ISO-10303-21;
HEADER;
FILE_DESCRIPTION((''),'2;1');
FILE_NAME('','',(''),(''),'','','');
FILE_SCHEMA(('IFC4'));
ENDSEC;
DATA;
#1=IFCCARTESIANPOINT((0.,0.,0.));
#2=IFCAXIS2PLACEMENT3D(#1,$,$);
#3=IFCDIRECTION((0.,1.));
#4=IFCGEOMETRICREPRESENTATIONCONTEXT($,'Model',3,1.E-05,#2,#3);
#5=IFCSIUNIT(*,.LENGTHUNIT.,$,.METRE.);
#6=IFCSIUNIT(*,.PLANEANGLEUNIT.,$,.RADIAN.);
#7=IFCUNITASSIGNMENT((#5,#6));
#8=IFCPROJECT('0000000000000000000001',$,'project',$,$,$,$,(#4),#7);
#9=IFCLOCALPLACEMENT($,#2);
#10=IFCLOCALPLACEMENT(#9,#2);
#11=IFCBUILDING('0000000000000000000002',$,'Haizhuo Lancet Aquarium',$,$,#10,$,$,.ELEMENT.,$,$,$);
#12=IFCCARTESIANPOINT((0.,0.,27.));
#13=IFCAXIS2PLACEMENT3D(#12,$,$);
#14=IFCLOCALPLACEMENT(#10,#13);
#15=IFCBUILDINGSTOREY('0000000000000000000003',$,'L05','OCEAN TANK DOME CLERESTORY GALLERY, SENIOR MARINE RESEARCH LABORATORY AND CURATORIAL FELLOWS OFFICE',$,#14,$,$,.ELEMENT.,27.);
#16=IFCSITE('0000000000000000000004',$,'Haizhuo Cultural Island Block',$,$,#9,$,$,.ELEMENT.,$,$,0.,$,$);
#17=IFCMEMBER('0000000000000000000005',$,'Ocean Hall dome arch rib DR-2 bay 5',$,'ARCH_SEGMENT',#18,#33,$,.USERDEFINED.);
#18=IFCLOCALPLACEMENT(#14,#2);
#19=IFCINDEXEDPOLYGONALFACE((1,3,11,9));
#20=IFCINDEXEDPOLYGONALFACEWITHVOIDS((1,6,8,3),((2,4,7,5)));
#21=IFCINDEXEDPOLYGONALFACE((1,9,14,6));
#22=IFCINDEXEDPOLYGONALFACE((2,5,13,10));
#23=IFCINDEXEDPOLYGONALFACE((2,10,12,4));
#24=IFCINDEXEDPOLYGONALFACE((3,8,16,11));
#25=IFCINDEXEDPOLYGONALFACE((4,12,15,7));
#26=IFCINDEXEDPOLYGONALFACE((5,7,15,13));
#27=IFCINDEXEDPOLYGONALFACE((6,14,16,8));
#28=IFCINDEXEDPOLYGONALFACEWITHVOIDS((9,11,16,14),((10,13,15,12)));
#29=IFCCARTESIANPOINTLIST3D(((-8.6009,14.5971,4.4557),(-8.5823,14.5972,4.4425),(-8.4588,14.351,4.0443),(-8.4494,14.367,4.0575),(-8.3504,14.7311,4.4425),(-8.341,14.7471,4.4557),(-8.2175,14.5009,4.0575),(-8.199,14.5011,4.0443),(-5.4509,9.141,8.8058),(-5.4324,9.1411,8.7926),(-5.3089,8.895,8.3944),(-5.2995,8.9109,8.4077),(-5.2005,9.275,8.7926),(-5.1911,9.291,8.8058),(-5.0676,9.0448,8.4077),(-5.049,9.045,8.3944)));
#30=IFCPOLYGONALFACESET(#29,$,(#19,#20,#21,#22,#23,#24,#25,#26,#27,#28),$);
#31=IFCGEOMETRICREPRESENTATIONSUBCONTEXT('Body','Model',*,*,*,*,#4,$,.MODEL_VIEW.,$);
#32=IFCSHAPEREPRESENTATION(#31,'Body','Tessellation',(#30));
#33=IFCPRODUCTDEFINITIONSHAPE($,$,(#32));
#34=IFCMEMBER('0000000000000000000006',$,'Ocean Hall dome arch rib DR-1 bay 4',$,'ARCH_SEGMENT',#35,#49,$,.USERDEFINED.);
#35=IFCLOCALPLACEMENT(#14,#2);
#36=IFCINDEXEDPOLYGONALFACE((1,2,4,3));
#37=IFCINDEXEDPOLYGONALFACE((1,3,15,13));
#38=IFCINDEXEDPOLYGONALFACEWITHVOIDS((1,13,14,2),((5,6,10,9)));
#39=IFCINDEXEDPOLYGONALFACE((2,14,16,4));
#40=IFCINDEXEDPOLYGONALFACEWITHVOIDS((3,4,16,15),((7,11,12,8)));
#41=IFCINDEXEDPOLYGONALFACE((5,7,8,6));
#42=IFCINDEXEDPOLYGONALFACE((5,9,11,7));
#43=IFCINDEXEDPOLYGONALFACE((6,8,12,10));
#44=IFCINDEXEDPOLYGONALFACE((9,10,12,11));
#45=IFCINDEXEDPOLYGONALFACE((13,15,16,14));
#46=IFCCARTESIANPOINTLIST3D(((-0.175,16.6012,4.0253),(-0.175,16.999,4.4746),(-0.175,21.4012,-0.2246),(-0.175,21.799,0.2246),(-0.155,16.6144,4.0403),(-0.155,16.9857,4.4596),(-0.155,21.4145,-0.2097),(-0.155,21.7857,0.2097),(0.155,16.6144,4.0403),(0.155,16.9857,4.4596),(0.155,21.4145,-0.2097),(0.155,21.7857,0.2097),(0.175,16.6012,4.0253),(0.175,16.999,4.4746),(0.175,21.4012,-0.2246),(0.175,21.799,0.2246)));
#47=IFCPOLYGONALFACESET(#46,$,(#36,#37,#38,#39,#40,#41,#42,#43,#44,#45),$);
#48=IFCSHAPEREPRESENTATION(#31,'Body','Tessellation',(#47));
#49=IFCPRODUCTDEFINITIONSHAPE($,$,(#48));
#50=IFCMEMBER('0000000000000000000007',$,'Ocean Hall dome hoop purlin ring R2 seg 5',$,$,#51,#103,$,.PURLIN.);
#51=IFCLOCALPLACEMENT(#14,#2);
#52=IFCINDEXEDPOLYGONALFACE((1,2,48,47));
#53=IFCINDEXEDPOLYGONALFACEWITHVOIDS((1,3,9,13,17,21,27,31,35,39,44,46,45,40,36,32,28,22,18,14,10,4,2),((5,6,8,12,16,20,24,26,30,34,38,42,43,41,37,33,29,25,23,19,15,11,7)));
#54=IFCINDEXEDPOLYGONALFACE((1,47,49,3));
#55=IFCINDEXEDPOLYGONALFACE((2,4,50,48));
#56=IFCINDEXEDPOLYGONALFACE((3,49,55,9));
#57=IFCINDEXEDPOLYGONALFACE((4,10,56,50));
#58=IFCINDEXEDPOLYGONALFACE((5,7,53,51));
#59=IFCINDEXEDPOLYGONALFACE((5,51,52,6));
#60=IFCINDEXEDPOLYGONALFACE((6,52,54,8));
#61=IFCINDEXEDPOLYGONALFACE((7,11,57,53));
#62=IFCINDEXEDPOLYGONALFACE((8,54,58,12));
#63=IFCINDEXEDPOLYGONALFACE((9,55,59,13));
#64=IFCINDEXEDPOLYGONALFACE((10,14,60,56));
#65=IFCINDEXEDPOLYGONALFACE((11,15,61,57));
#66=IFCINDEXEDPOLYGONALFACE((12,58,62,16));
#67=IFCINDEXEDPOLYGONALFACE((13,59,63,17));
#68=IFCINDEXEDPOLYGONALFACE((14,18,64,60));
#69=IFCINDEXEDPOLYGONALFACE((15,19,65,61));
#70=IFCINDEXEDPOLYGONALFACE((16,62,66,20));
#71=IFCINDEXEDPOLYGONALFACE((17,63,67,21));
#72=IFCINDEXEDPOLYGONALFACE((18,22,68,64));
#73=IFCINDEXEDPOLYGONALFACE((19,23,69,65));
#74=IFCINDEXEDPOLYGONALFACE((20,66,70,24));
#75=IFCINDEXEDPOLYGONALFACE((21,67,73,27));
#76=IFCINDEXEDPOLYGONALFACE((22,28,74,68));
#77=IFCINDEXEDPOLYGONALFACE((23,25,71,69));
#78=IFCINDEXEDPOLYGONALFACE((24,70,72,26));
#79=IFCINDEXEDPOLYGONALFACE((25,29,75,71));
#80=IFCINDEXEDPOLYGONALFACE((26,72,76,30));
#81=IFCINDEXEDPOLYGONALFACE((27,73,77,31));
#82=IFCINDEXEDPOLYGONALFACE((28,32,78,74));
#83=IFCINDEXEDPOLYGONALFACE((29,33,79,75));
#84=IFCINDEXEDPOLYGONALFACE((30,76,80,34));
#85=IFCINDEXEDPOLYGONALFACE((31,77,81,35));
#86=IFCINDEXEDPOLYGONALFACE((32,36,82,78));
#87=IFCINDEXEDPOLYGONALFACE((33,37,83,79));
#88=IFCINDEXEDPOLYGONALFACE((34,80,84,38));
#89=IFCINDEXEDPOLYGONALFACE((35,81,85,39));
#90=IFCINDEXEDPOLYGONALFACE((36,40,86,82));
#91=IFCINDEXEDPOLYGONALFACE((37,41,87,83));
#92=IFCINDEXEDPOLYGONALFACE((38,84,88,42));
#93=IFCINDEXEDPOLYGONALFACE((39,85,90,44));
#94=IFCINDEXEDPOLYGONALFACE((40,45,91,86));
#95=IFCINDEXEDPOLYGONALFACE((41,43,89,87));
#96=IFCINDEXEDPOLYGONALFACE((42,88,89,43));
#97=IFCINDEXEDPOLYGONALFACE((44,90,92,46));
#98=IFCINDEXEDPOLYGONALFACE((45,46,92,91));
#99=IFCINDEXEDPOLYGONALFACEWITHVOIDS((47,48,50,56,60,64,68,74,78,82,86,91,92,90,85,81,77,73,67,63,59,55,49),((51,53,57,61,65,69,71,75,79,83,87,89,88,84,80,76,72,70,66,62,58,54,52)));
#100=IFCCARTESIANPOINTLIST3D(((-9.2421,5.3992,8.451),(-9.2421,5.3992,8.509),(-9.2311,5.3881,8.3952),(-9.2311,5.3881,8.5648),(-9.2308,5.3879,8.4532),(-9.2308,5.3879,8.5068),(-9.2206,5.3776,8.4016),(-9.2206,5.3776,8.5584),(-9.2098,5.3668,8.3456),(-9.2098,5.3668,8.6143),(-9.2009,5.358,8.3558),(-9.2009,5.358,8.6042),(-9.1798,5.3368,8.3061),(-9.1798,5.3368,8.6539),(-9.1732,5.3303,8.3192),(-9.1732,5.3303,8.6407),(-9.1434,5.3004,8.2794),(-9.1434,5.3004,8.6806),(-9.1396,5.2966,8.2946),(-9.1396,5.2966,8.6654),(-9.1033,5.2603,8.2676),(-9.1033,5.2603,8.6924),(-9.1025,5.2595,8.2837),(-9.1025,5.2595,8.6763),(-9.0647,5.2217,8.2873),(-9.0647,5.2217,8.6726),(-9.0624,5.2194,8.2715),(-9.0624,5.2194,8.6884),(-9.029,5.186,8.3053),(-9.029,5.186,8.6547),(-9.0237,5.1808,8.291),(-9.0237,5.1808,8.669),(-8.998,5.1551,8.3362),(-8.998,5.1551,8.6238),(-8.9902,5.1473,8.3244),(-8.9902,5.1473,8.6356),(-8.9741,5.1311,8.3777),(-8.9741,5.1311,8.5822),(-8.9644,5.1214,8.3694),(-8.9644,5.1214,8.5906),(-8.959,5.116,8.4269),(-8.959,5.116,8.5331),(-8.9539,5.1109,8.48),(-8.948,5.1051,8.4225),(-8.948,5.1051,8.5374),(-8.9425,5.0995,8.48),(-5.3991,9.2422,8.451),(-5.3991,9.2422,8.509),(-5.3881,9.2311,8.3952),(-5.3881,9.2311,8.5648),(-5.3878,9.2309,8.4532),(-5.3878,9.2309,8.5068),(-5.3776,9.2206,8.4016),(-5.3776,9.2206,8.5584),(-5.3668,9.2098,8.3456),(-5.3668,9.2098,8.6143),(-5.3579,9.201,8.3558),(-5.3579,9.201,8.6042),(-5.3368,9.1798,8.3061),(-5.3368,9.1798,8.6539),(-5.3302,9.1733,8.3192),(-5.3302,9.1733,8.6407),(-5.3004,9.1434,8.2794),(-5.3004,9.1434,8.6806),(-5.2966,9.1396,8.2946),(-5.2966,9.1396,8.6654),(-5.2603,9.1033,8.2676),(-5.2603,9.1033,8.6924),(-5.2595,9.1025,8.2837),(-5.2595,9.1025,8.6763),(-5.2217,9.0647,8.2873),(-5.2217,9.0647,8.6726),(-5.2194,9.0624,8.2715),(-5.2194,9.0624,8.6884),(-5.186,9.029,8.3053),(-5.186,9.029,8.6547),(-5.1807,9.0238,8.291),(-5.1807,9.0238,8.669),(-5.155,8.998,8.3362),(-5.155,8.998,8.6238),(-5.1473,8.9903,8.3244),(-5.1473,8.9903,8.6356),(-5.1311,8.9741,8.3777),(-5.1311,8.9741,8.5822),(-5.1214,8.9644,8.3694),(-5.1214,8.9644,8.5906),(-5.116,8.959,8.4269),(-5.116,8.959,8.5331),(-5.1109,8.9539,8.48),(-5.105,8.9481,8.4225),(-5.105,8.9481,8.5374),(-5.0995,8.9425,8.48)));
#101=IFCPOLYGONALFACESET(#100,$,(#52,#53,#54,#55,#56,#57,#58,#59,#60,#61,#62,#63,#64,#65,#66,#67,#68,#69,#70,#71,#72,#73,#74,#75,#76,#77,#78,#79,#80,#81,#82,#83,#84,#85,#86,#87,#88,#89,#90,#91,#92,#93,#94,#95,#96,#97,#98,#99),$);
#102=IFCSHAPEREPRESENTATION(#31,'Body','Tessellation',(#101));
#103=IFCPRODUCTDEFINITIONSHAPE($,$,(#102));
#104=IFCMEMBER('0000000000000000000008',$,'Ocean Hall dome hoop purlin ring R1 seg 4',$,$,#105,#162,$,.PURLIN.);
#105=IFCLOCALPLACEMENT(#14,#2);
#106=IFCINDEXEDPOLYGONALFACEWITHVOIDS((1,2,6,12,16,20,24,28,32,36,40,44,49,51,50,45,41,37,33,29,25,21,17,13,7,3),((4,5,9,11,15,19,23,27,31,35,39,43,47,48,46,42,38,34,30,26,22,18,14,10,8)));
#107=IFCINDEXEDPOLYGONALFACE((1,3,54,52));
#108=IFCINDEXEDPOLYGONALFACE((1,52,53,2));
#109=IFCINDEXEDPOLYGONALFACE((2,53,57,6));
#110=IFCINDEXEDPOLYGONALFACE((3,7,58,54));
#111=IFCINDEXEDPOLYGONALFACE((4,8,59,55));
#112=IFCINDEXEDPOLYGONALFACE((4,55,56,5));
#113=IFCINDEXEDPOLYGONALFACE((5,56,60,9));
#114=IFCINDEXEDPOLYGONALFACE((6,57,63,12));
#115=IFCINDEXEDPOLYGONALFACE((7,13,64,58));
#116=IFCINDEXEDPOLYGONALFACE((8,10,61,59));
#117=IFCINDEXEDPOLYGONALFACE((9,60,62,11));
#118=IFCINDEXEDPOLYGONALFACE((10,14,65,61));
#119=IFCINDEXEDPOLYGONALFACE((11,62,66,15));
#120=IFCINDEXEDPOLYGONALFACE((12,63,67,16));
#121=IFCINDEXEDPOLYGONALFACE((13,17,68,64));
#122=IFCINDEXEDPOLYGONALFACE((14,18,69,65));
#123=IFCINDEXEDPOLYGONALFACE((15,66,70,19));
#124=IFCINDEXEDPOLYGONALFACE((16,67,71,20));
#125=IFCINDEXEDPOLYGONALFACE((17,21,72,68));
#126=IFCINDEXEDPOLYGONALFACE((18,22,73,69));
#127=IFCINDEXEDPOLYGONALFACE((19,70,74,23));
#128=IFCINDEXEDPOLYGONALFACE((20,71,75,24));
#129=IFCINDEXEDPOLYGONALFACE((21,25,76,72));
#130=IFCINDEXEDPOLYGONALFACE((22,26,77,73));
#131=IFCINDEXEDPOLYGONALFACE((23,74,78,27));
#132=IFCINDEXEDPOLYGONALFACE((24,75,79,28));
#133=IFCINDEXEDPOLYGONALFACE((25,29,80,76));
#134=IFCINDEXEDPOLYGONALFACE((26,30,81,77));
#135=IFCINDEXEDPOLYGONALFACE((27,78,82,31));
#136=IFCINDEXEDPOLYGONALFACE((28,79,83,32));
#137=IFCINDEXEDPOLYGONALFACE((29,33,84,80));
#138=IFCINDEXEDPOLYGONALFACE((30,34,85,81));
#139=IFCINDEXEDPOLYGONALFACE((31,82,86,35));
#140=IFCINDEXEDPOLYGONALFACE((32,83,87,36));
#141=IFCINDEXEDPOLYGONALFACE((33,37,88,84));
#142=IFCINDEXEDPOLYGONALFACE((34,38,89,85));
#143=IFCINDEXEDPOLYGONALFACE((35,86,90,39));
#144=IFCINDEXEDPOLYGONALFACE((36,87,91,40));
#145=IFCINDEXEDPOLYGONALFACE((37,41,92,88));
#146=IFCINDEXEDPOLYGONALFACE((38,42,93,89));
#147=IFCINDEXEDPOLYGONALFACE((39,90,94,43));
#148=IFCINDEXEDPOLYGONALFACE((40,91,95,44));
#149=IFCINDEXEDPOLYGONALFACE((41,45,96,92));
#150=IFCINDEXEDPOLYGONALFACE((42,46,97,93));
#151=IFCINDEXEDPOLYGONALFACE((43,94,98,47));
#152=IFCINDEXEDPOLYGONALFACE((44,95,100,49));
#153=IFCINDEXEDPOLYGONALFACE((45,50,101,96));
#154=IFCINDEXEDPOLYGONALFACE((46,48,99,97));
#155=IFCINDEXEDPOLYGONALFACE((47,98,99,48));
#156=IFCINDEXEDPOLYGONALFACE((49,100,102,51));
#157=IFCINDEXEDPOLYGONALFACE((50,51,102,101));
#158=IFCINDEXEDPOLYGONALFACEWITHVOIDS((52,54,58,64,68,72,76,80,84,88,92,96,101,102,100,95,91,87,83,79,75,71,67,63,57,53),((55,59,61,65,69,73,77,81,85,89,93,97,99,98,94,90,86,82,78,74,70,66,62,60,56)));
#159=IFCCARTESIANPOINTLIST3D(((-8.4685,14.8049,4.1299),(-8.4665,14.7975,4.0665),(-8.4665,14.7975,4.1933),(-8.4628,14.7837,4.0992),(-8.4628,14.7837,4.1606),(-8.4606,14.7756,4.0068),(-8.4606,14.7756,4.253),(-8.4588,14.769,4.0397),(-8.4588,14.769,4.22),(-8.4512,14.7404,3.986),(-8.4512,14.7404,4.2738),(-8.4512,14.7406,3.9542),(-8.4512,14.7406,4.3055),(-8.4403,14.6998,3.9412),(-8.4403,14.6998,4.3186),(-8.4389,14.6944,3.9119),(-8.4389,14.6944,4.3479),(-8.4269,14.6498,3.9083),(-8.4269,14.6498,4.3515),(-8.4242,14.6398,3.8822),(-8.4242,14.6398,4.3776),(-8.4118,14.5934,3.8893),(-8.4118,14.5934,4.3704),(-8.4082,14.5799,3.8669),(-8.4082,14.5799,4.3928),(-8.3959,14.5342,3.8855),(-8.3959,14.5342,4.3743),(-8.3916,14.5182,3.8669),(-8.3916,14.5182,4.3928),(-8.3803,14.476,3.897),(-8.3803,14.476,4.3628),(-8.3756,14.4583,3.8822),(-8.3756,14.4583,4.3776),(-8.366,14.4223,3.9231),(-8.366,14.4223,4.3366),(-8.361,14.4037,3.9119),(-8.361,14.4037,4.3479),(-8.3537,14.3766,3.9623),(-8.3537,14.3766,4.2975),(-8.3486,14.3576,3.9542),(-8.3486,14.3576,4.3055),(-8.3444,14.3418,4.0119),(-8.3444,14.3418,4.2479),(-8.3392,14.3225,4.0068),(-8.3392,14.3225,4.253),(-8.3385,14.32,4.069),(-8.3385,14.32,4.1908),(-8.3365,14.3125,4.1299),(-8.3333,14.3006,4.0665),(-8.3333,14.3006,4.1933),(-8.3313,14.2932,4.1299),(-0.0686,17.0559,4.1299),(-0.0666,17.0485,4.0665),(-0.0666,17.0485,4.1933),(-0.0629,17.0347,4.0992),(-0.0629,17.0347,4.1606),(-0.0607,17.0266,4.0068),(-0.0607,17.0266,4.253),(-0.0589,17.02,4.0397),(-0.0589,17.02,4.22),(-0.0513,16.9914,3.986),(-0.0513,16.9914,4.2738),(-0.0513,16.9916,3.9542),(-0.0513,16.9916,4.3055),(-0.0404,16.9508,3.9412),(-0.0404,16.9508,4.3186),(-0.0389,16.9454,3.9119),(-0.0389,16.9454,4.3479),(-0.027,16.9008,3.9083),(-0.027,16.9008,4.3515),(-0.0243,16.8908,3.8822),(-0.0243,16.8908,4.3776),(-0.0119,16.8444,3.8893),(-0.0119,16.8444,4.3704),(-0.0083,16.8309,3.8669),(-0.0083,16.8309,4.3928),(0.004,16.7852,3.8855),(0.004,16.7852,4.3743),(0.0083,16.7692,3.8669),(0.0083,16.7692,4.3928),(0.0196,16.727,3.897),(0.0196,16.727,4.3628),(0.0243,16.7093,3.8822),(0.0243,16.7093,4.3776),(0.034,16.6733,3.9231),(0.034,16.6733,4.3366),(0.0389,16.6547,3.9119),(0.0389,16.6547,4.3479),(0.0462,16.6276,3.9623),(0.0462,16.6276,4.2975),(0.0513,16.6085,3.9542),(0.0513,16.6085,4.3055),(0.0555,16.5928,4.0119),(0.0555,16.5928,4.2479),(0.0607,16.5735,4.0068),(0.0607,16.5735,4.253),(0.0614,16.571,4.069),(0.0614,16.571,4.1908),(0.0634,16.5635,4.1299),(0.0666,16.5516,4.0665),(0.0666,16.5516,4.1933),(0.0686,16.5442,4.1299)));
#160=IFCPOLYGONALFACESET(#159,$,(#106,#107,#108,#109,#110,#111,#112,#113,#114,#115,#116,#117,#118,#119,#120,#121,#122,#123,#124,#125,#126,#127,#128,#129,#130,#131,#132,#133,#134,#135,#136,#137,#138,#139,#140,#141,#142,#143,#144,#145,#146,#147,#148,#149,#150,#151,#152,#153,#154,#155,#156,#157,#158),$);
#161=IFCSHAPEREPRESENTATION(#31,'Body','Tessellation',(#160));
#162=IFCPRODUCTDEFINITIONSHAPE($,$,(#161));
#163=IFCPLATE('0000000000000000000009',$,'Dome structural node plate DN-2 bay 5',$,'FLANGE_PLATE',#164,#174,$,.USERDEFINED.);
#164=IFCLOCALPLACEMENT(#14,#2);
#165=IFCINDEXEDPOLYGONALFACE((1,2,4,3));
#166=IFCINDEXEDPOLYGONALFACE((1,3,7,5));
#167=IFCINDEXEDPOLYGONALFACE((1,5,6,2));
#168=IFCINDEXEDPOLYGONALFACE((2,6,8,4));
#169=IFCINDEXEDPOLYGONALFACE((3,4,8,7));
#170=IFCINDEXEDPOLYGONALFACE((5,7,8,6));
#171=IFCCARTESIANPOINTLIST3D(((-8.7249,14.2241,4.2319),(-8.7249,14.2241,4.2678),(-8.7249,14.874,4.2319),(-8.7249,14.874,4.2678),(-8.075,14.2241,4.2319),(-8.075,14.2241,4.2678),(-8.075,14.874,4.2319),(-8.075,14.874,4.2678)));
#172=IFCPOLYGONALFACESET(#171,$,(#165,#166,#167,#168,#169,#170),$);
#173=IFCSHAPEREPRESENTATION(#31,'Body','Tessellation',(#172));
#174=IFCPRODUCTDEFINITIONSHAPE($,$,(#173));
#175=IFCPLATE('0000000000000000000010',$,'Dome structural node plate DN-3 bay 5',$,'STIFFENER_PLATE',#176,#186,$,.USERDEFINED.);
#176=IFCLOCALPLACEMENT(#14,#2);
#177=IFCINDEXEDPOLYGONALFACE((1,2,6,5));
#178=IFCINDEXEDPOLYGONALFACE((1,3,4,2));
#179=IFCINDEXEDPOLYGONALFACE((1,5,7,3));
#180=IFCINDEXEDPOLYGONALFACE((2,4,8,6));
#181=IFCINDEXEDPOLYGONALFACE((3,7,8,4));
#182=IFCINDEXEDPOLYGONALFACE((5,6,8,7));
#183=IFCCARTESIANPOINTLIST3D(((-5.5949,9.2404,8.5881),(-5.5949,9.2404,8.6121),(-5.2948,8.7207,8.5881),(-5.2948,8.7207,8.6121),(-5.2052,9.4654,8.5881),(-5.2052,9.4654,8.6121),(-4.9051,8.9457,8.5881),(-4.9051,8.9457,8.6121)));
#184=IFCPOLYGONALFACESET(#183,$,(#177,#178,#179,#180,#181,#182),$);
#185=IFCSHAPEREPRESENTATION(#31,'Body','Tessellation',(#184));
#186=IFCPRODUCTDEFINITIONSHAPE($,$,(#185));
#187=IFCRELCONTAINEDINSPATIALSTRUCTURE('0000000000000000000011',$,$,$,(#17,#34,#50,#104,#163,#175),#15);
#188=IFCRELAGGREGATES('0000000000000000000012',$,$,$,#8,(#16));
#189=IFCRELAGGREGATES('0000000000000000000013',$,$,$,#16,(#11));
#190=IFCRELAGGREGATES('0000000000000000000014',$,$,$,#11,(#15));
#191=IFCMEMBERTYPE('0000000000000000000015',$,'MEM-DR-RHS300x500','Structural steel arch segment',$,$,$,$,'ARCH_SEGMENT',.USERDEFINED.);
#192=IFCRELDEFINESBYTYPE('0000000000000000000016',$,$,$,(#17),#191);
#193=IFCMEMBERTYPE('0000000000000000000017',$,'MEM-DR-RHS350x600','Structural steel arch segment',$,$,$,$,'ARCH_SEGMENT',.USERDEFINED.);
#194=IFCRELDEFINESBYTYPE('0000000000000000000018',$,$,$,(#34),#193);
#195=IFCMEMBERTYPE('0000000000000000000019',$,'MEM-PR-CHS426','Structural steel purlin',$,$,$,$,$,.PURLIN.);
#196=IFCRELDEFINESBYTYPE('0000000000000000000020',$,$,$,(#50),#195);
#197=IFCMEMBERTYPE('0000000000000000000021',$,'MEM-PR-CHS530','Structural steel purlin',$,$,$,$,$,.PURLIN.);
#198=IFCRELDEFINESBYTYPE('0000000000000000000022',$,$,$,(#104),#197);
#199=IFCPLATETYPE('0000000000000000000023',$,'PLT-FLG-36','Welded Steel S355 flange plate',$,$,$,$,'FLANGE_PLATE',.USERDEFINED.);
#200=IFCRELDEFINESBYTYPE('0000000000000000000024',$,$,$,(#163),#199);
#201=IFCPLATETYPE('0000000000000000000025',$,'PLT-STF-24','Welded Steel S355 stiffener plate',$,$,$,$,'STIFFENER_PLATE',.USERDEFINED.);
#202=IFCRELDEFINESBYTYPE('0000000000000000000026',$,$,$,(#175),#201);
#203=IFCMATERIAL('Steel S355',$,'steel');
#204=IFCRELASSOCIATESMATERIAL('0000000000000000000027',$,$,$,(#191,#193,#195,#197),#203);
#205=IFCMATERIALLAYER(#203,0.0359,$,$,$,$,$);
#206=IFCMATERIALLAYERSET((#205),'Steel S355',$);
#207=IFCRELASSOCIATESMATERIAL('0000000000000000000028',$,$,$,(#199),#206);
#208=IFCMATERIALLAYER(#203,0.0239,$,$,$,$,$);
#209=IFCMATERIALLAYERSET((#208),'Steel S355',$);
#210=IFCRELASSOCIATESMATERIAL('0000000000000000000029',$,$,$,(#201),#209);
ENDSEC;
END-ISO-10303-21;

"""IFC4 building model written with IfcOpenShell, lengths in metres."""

from ifc_helpers import new_model, si_unit, direction, frame, origin, origin_2d, place, context, subcontext, project, spatial, rectangle, hollow_rectangle, hollow_circle, extrude, material, layer, layer_set, material_profile, profile_set, type_object, element, save


model = new_model("IFC4")

# Units and contexts
model_context = context("Model", 3, precision=1e-05, world=origin(), true_north=direction((0.0, 1.0)))
body_context = subcontext(model_context, "Body", "Model", "MODEL_VIEW")
ifc_project = project(units=[si_unit("LENGTHUNIT", "METRE"), si_unit("PLANEANGLEUNIT", "RADIAN")], contexts=[model_context])

# Site, building, storey
site_placement = place(None, origin())
site = spatial("IfcSite", under=ifc_project, at=site_placement, Name="Haizhuo Cultural Island Block", CompositionType="ELEMENT", RefElevation=0.0)
building_placement = place(site_placement, origin())
building = spatial("IfcBuilding", under=site, at=building_placement, Name="Haizhuo Lancet Aquarium", CompositionType="ELEMENT")
storey_placement = place(building_placement, frame((0.0, 0.0, 27.0)))
storey = spatial("IfcBuildingStorey", under=building, at=storey_placement, Name="L05", Description="OCEAN TANK DOME CLERESTORY GALLERY, SENIOR MARINE RESEARCH LABORATORY AND CURATORIAL FELLOWS OFFICE", CompositionType="ELEMENT", Elevation=27.0)

# Members
ifc_material_1 = material(Name="Steel S355", Category="steel")
ifc_material_profile_1 = material_profile(ifc_material_1, hollow_rectangle(XDim=0.3, YDim=0.5, WallThickness=0.0161, at=origin_2d()), Name="RHS 300x500x16")
ifc_profile_set_1 = profile_set([ifc_material_profile_1], Name="Steel S355")
member_type_1 = type_object("IfcMemberType", Name="MEM-DR-RHS300x500", Description="Structural steel arch segment", ElementType="ARCH_SEGMENT", PredefinedType="USERDEFINED", material=ifc_profile_set_1)
member_1_placement = place(storey_placement, frame((-8.3999, 14.5491, 4.25), z_axis=(0.411431, -0.712654, 0.568197), x_axis=(0.866036, 0.499982, 0.0)))
element("IfcMember", 1, at=member_1_placement, inside=storey, type_object=member_type_1, Name="Ocean Hall dome arch rib DR-2 bay 5", ObjectType="ARCH_SEGMENT", PredefinedType="USERDEFINED", context=body_context, shape_type="SweptSolid", body=[
    extrude(hollow_rectangle(XDim=0.3, YDim=0.5, WallThickness=0.0161, at=origin_2d()), origin(), (0.0, 0.0, 1.0), 7.656),
])
ifc_material_profile_2 = material_profile(ifc_material_1, hollow_rectangle(XDim=0.3501, YDim=0.6001, WallThickness=0.02, at=origin_2d()), Name="RHS 350x600x20")
ifc_profile_set_2 = profile_set([ifc_material_profile_2], Name="Steel S355")
member_type_2 = type_object("IfcMemberType", Name="MEM-DR-RHS350x600", Description="Structural steel arch segment", ElementType="ARCH_SEGMENT", PredefinedType="USERDEFINED", material=ifc_profile_set_2)
member_2_placement = place(storey_placement, frame((0.0, 21.6001, 0.0), z_axis=(0.0, -0.748702, 0.662907), x_axis=(1.0, 0.0, 0.0)))
element("IfcMember", 2, at=member_2_placement, inside=storey, type_object=member_type_2, Name="Ocean Hall dome arch rib DR-1 bay 4", ObjectType="ARCH_SEGMENT", PredefinedType="USERDEFINED", context=body_context, shape_type="SweptSolid", body=[
    extrude(hollow_rectangle(XDim=0.3501, YDim=0.6001, WallThickness=0.02, at=origin_2d()), origin(), (0.0, 0.0, 1.0), 6.4111),
])
ifc_material_profile_3 = material_profile(ifc_material_1, hollow_circle(Radius=0.2129, WallThickness=0.0161, at=origin_2d()), Name="CHS 426x16")
ifc_profile_set_3 = profile_set([ifc_material_profile_3], Name="Steel S355")
member_type_3 = type_object("IfcMemberType", Name="MEM-PR-CHS426", Description="Structural steel purlin", PredefinedType="PURLIN", material=ifc_profile_set_3)
member_3_placement = place(storey_placement, frame((-5.25, 9.093, 8.48), z_axis=(-0.707107, -0.707107, 0.0), x_axis=(0.707107, -0.707107, 0.0)))
element("IfcMember", 3, at=member_3_placement, inside=storey, type_object=member_type_3, Name="Ocean Hall dome hoop purlin ring R2 seg 5", PredefinedType="PURLIN", context=body_context, shape_type="SweptSolid", body=[
    extrude(hollow_circle(Radius=0.2129, WallThickness=0.0161, at=origin_2d()), origin(), (0.0, 0.0, 1.0), 5.4348),
])
ifc_material_profile_4 = material_profile(ifc_material_1, hollow_circle(Radius=0.2649, WallThickness=0.02, at=origin_2d()), Name="CHS 530x20")
ifc_profile_set_4 = profile_set([ifc_material_profile_4], Name="Steel S355")
member_type_4 = type_object("IfcMemberType", Name="MEM-PR-CHS530", Description="Structural steel purlin", PredefinedType="PURLIN", material=ifc_profile_set_4)
member_4_placement = place(storey_placement, frame((0.0, 16.8, 4.1299), z_axis=(-0.965919, -0.258844, 0.0), x_axis=(0.258844, -0.965919, 0.0)))
element("IfcMember", 4, at=member_4_placement, inside=storey, type_object=member_type_4, Name="Ocean Hall dome hoop purlin ring R1 seg 4", PredefinedType="PURLIN", context=body_context, shape_type="SweptSolid", body=[
    extrude(hollow_circle(Radius=0.2649, WallThickness=0.02, at=origin_2d()), origin(), (0.0, 0.0, 1.0), 8.6963),
])

# Plates
ifc_layer_1 = layer(ifc_material_1, 0.0359)
ifc_layer_set_1 = layer_set([ifc_layer_1], Name="Steel S355")
plate_type_1 = type_object("IfcPlateType", Name="PLT-FLG-36", Description="Welded Steel S355 flange plate", ElementType="FLANGE_PLATE", PredefinedType="USERDEFINED", material=ifc_layer_set_1)
plate_1_placement = place(storey_placement, frame((-8.3999, 14.5491, 4.2319), z_axis=(0.0, 0.0, 1.0), x_axis=(1.0, 0.0, 0.0)))
element("IfcPlate", 5, at=plate_1_placement, inside=storey, type_object=plate_type_1, Name="Dome structural node plate DN-2 bay 5", ObjectType="FLANGE_PLATE", PredefinedType="USERDEFINED", context=body_context, shape_type="SweptSolid", body=[
    extrude(rectangle(XDim=0.6499, YDim=0.6499, at=origin_2d()), origin(), (0.0, 0.0, 1.0), 0.0359),
])
ifc_layer_2 = layer(ifc_material_1, 0.0239)
ifc_layer_set_2 = layer_set([ifc_layer_2], Name="Steel S355")
plate_type_2 = type_object("IfcPlateType", Name="PLT-STF-24", Description="Welded Steel S355 stiffener plate", ElementType="STIFFENER_PLATE", PredefinedType="USERDEFINED", material=ifc_layer_set_2)
plate_2_placement = place(storey_placement, frame((-5.25, 9.093, 8.5881), z_axis=(0.0, 0.0, 1.0), x_axis=(-0.5, 0.866025, 0.0)))
element("IfcPlate", 6, at=plate_2_placement, inside=storey, type_object=plate_type_2, Name="Dome structural node plate DN-3 bay 5", ObjectType="STIFFENER_PLATE", PredefinedType="USERDEFINED", context=body_context, shape_type="SweptSolid", body=[
    extrude(rectangle(XDim=0.6001, YDim=0.45, at=origin_2d()), origin(), (0.0, 0.0, 1.0), 0.0239),
])

save(model, "model.ifc")
